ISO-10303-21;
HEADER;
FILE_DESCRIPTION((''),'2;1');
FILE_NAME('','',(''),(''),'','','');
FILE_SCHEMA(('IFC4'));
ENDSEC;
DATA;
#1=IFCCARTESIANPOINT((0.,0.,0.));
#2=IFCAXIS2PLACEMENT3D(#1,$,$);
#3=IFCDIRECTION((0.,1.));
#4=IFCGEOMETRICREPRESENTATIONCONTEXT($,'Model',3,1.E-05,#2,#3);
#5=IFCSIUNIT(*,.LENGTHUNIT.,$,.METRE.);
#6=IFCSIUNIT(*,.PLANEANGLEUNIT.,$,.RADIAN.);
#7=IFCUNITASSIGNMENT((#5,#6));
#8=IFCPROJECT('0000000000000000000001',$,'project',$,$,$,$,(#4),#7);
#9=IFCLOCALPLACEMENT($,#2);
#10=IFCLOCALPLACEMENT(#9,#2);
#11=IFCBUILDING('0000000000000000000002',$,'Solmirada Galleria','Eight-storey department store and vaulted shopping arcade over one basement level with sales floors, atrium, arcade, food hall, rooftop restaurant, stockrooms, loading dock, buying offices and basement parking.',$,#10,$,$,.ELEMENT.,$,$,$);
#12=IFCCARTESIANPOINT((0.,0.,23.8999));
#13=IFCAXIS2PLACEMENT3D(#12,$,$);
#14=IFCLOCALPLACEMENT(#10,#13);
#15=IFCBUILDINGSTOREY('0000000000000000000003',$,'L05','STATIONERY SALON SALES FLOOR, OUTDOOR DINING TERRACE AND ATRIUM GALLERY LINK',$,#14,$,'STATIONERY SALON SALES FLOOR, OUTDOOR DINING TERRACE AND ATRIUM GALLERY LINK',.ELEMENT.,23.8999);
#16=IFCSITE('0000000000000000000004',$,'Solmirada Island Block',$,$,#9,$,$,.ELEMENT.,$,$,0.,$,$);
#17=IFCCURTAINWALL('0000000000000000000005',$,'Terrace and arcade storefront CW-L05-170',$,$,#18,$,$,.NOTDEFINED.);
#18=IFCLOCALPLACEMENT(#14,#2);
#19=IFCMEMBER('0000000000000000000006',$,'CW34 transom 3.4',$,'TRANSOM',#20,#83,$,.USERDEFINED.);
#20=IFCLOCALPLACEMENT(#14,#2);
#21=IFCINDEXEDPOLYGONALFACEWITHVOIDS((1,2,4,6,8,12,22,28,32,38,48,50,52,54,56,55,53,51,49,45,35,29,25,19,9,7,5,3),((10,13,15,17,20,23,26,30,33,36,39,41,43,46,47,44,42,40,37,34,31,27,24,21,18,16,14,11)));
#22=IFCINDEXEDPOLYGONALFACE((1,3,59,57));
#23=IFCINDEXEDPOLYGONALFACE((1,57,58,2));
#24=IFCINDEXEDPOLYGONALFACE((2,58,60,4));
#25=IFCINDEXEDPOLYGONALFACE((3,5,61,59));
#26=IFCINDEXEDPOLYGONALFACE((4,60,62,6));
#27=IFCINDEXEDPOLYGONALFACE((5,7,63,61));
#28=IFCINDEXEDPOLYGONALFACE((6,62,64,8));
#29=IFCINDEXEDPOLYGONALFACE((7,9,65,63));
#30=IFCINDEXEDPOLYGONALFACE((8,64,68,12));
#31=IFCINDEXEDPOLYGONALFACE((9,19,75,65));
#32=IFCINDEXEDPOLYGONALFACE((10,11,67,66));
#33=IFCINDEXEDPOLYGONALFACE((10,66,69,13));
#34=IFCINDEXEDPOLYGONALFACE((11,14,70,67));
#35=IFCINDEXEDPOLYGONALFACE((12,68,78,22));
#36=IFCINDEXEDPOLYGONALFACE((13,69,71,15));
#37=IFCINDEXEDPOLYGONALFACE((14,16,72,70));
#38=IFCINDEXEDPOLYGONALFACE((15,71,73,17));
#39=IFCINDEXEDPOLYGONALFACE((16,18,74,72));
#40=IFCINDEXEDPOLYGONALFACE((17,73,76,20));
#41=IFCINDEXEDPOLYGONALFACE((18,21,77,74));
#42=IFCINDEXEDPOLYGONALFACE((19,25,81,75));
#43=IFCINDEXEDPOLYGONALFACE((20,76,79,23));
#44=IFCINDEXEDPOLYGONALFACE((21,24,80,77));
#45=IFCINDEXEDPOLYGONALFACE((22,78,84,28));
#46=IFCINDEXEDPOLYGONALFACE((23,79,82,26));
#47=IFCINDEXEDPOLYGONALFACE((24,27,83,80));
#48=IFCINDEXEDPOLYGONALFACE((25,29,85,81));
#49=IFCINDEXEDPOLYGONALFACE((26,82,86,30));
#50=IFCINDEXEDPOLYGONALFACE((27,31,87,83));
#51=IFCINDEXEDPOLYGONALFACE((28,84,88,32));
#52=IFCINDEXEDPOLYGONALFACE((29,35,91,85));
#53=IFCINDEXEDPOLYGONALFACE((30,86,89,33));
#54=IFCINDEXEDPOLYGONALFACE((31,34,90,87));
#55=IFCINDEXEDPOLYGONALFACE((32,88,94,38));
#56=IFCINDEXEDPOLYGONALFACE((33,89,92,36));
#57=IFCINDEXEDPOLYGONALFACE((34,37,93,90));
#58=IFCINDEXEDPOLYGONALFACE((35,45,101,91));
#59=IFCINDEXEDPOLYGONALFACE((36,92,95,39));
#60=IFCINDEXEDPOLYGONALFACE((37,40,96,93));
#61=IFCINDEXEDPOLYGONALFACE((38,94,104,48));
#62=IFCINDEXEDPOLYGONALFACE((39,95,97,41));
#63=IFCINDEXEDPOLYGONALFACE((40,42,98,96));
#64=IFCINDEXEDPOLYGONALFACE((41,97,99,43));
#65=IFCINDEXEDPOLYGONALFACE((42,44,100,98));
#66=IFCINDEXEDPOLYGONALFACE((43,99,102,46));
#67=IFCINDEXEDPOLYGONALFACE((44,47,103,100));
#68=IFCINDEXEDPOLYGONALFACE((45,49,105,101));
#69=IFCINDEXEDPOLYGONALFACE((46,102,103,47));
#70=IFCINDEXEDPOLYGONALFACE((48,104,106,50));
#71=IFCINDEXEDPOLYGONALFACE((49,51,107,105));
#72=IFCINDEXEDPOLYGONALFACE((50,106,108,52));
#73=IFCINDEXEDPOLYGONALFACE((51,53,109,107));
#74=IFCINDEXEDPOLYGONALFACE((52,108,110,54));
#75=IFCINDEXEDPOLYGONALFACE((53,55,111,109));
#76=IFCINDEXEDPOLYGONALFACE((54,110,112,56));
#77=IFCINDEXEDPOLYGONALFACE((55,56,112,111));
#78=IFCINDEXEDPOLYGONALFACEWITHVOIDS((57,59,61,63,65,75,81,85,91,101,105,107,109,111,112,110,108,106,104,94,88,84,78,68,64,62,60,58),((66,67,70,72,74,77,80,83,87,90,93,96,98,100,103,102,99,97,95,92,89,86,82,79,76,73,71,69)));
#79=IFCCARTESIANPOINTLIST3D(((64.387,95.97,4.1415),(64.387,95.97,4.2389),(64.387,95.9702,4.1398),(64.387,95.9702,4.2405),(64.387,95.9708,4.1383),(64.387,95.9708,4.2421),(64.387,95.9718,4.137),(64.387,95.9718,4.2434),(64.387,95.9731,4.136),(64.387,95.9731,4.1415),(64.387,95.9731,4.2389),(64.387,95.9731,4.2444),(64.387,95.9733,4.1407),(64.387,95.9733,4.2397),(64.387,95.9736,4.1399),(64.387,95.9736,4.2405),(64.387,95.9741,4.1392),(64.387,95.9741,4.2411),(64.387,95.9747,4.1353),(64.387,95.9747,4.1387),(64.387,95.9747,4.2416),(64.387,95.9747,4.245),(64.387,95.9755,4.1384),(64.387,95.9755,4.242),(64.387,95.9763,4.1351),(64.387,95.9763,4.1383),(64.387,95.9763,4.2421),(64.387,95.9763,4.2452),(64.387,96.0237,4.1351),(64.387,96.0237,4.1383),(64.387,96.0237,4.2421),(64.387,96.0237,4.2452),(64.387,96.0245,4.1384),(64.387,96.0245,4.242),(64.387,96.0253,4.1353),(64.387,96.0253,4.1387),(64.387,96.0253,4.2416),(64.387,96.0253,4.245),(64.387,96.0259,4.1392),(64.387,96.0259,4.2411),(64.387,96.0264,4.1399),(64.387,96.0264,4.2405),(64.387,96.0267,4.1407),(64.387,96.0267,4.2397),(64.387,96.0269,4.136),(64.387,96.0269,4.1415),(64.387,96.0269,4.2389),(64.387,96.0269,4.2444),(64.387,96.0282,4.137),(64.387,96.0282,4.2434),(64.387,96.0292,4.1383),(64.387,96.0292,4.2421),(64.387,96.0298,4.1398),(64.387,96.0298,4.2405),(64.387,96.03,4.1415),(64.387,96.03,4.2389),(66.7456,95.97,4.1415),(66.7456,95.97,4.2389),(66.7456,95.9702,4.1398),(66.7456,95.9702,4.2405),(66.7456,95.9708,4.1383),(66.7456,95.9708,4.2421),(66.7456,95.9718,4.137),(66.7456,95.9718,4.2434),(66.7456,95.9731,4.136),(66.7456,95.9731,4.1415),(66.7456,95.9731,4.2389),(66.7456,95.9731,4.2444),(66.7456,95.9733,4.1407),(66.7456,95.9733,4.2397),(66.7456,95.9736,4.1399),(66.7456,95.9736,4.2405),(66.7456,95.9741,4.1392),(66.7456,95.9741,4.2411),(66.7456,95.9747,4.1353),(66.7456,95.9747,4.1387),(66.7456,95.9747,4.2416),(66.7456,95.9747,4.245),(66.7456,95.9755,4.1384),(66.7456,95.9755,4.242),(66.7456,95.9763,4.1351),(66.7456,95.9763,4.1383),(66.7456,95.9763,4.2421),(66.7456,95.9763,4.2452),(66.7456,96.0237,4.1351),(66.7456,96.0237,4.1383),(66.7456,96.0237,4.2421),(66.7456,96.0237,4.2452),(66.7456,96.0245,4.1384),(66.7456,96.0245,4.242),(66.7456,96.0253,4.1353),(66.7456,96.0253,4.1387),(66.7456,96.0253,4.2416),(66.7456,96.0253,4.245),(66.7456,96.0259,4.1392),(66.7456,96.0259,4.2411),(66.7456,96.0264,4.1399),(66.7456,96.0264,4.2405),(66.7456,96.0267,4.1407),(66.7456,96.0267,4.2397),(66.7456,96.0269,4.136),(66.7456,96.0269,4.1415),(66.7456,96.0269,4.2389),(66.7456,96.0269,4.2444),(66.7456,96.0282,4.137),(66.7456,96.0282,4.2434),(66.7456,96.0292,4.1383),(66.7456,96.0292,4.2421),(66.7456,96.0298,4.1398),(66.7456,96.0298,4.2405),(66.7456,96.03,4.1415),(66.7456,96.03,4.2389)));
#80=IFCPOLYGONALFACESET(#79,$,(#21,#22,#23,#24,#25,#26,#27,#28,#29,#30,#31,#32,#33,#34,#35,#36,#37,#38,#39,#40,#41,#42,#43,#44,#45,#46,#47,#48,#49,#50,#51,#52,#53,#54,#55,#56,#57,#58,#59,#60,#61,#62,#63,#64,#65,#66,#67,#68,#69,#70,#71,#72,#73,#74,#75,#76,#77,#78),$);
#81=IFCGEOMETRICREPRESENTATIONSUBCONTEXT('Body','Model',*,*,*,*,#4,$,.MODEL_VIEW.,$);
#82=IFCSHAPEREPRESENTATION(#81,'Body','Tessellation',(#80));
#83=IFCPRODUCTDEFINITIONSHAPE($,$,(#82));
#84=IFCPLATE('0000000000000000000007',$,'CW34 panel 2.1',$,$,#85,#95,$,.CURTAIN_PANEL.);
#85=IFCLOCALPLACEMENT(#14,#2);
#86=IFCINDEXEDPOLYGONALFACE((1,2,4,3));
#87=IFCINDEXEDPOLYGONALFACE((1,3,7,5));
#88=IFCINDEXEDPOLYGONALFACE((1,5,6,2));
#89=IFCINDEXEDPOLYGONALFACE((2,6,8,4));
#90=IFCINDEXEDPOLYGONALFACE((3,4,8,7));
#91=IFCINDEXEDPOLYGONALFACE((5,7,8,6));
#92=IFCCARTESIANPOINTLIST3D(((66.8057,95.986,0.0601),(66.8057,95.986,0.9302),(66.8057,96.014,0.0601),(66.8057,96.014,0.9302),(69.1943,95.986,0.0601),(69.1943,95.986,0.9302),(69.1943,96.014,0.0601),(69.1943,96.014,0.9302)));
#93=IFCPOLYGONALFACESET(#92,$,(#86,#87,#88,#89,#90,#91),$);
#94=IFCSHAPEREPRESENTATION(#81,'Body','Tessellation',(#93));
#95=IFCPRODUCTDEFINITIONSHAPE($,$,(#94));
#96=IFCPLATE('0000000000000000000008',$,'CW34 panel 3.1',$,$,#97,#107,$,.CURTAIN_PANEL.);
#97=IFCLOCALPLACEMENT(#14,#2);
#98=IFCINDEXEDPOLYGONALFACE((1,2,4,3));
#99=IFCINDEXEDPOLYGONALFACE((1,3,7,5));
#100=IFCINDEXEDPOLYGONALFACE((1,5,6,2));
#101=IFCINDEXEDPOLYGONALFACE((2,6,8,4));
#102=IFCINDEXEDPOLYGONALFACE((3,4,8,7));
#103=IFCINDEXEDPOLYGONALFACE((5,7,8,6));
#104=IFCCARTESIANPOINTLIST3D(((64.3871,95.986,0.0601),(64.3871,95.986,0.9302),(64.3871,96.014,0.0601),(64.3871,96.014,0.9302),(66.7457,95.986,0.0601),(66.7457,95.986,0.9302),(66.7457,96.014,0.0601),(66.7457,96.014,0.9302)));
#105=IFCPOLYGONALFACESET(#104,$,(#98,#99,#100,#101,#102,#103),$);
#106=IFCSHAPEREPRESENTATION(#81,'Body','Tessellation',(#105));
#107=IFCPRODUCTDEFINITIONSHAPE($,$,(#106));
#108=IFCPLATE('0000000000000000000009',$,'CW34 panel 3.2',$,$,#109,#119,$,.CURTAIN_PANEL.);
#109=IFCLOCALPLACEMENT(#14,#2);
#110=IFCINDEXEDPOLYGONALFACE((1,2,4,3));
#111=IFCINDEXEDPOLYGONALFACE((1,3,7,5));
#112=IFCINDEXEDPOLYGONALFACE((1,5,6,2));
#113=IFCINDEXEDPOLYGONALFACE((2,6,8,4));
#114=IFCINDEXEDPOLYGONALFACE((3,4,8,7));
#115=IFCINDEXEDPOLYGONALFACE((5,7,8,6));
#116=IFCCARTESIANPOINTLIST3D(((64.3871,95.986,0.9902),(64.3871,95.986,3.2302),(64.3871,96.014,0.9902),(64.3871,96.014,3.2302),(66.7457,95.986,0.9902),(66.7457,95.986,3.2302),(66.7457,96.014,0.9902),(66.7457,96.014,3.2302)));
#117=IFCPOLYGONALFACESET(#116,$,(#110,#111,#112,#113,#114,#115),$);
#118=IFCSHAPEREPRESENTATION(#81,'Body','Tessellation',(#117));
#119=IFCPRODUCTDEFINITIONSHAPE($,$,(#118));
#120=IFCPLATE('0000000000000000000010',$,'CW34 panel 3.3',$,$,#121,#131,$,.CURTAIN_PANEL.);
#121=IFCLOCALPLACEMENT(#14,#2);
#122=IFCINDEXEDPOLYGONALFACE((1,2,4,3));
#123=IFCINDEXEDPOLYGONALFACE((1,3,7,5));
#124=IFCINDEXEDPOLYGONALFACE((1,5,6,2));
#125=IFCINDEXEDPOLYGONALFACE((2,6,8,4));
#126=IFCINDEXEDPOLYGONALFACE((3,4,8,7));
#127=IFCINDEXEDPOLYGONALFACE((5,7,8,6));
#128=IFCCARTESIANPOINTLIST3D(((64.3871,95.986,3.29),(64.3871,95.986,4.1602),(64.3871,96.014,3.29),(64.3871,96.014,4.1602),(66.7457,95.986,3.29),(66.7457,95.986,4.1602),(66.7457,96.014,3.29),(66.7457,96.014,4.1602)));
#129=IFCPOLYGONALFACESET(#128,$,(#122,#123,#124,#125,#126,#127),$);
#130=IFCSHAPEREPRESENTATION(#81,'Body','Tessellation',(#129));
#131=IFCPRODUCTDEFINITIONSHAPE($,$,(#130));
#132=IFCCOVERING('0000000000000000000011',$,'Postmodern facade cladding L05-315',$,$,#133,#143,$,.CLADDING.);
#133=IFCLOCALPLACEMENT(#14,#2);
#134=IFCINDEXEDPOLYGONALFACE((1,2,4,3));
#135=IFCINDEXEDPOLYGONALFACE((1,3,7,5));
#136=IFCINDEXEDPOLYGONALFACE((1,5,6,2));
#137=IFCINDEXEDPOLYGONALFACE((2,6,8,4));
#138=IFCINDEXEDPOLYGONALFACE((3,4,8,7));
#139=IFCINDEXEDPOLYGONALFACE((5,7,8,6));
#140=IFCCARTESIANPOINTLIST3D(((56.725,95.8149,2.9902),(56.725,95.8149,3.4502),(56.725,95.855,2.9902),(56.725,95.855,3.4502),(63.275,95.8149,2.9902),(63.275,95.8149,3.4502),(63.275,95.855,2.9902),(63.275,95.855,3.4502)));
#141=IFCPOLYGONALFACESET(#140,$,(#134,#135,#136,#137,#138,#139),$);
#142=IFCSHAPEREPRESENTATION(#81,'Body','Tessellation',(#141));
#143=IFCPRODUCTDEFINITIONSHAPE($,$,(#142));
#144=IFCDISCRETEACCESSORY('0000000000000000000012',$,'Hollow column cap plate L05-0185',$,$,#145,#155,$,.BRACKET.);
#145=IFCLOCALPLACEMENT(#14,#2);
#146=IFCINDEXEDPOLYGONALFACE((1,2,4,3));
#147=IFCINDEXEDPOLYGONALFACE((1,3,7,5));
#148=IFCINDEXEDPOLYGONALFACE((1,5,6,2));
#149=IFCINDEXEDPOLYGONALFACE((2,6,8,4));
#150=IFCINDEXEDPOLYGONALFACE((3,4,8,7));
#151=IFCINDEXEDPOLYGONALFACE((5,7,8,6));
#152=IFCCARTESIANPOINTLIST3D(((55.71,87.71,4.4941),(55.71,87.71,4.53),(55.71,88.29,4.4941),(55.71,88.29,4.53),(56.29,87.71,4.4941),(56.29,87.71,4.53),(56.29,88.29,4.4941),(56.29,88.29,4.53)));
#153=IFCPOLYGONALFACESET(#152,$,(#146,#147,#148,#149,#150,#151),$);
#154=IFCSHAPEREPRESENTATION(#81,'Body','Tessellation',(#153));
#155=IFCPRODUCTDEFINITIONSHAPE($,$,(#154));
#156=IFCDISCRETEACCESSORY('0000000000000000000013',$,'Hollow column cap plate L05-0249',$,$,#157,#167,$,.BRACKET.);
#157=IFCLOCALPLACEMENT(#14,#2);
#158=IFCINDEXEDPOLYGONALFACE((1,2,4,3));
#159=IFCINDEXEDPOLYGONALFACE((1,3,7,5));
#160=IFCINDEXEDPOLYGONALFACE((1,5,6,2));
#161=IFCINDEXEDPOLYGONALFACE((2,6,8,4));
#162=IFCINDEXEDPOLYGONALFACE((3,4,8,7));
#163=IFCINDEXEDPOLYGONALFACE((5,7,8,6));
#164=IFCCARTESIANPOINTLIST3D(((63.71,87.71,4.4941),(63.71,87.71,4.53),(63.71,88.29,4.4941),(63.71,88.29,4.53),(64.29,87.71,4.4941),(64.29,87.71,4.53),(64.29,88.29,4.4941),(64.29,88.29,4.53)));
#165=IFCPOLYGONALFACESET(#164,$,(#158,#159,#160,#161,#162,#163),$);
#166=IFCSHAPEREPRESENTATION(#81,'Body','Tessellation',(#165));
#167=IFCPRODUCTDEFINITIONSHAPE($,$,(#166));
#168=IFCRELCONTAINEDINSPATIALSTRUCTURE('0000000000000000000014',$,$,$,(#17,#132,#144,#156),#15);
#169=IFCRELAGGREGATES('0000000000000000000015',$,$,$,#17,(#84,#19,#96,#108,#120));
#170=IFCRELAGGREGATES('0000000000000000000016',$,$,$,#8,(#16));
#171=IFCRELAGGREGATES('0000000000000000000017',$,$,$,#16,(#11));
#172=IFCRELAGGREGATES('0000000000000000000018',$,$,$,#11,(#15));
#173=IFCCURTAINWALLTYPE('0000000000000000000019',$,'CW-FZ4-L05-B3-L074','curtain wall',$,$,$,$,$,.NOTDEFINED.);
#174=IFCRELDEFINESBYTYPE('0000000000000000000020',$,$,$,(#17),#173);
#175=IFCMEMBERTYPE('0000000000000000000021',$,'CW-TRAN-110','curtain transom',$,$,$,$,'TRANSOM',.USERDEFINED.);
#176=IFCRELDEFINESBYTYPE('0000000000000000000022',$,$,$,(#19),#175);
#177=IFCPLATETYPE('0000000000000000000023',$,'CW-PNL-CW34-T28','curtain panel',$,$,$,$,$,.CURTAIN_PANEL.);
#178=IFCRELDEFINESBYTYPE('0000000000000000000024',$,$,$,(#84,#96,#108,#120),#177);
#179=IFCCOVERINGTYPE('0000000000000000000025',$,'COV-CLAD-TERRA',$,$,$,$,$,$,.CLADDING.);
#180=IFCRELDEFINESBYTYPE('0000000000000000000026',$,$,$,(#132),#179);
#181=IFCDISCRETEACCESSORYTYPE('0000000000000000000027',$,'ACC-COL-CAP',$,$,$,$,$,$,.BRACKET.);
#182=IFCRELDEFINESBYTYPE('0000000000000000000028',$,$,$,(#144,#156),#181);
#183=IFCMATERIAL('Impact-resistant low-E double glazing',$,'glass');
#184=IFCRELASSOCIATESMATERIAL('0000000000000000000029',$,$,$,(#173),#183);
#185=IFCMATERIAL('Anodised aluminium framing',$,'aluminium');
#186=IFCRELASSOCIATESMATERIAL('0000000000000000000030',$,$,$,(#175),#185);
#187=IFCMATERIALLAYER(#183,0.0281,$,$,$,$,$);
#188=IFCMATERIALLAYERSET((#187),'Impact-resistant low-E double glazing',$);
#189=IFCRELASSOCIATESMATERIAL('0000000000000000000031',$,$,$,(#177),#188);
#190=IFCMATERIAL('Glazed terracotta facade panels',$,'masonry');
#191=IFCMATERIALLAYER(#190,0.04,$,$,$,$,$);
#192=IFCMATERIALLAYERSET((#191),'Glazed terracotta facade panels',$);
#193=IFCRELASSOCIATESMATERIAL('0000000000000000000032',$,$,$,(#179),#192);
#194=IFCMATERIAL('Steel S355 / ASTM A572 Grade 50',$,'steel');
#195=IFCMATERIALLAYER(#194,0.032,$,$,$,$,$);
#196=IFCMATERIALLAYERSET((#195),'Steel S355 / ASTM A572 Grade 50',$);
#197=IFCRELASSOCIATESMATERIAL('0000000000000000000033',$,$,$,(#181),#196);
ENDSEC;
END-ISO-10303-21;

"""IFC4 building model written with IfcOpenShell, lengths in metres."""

from ifc_helpers import new_model, si_unit, direction, frame, origin, origin_2d, place, context, subcontext, project, spatial, rectangle, hollow_rectangle, extrude, material, layer, layer_set, material_profile, profile_set, type_object, element, aggregate, save


model = new_model("IFC4")

# Units and contexts
model_context = context("Model", 3, precision=1e-05, world=origin(), true_north=direction((0.0, 1.0)))
body_context = subcontext(model_context, "Body", "Model", "MODEL_VIEW")
ifc_project = project(units=[si_unit("LENGTHUNIT", "METRE"), si_unit("PLANEANGLEUNIT", "RADIAN")], contexts=[model_context])

# Site, building, storey
site_placement = place(None, origin())
site = spatial("IfcSite", under=ifc_project, at=site_placement, Name="Solmirada Island Block", CompositionType="ELEMENT", RefElevation=0.0)
building_placement = place(site_placement, origin())
building = spatial("IfcBuilding", under=site, at=building_placement, Name="Solmirada Galleria", Description="Eight-storey department store and vaulted shopping arcade over one basement level with sales floors, atrium, arcade, food hall, rooftop restaurant, stockrooms, loading dock, buying offices and basement parking.", CompositionType="ELEMENT")
storey_placement = place(building_placement, frame((0.0, 0.0, 23.8999)))
storey = spatial("IfcBuildingStorey", under=building, at=storey_placement, Name="L05", Description="STATIONERY SALON SALES FLOOR, OUTDOOR DINING TERRACE AND ATRIUM GALLERY LINK", LongName="STATIONERY SALON SALES FLOOR, OUTDOOR DINING TERRACE AND ATRIUM GALLERY LINK", CompositionType="ELEMENT", Elevation=23.8999)

# Curtain wall
ifc_material_1 = material(Name="Impact-resistant low-E double glazing", Category="glass")
curtain_wall_type = type_object("IfcCurtainWallType", Name="CW-FZ4-L05-B3-L074", Description="curtain wall", PredefinedType="NOTDEFINED", material=ifc_material_1)
curtain_wall_1_placement = place(storey_placement, origin())
curtain_wall_1 = element("IfcCurtainWall", 1, at=curtain_wall_1_placement, inside=storey, type_object=curtain_wall_type, Name="Terrace and arcade storefront CW-L05-170", PredefinedType="NOTDEFINED")
ifc_material_2 = material(Name="Anodised aluminium framing", Category="aluminium")

# Member
ifc_material_profile_1 = material_profile(ifc_material_2, hollow_rectangle(XDim=0.0601, YDim=0.1101, WallThickness=0.0032, InnerFilletRadius=0.0032, OuterFilletRadius=0.0063, at=origin_2d()), Name="ALU-TRAN-110X60")
ifc_profile_set_1 = profile_set([ifc_material_profile_1], Name="Anodised aluminium framing")
member_type_1 = type_object("IfcMemberType", Name="CW-TRAN-110", Description="curtain transom", ElementType="TRANSOM", PredefinedType="USERDEFINED", material=ifc_profile_set_1)
member_1_placement = place(storey_placement, frame((66.7456, 96.0, 4.1902), z_axis=(-1.0, 0.0, 0.0), x_axis=(0.0, -1.0, 0.0)))
member_1 = element("IfcMember", 2, at=member_1_placement, type_object=member_type_1, Name="CW34 transom 3.4", ObjectType="TRANSOM", PredefinedType="USERDEFINED", context=body_context, shape_type="SweptSolid", body=[
    extrude(hollow_rectangle(XDim=0.0601, YDim=0.1101, WallThickness=0.0032, InnerFilletRadius=0.0032, OuterFilletRadius=0.0063, at=origin_2d()), origin(), (0.0, 0.0, 1.0), 2.3586),
])

# Plates
ifc_layer_1 = layer(ifc_material_1, 0.0281)
ifc_layer_set_1 = layer_set([ifc_layer_1], Name="Impact-resistant low-E double glazing")
plate_type = type_object("IfcPlateType", Name="CW-PNL-CW34-T28", Description="curtain panel", PredefinedType="CURTAIN_PANEL", material=ifc_layer_set_1)
plate_1_placement = place(storey_placement, frame((68.0, 96.0, 0.0601), z_axis=(0.0, 0.0, 1.0), x_axis=(-1.0, 0.0, 0.0)))
plate_1 = element("IfcPlate", 3, at=plate_1_placement, type_object=plate_type, Name="CW34 panel 2.1", PredefinedType="CURTAIN_PANEL", context=body_context, shape_type="SweptSolid", body=[
    extrude(rectangle(XDim=2.3887, YDim=0.0281, at=origin_2d()), origin(), (0.0, 0.0, 1.0), 0.8701),
])
plate_2_placement = place(storey_placement, frame((65.5664, 96.0, 0.0601), z_axis=(0.0, 0.0, 1.0), x_axis=(-1.0, 0.0, 0.0)))
plate_2 = element("IfcPlate", 4, at=plate_2_placement, type_object=plate_type, Name="CW34 panel 3.1", PredefinedType="CURTAIN_PANEL", context=body_context, shape_type="SweptSolid", body=[
    extrude(rectangle(XDim=2.3586, YDim=0.0281, at=origin_2d()), origin(), (0.0, 0.0, 1.0), 0.8701),
])
plate_3_placement = place(storey_placement, frame((65.5664, 96.0, 0.9902), z_axis=(0.0, 0.0, 1.0), x_axis=(-1.0, 0.0, 0.0)))
plate_3 = element("IfcPlate", 5, at=plate_3_placement, type_object=plate_type, Name="CW34 panel 3.2", PredefinedType="CURTAIN_PANEL", context=body_context, shape_type="SweptSolid", body=[
    extrude(rectangle(XDim=2.3586, YDim=0.0281, at=origin_2d()), origin(), (0.0, 0.0, 1.0), 2.24),
])
plate_4_placement = place(storey_placement, frame((65.5664, 96.0, 3.29), z_axis=(0.0, 0.0, 1.0), x_axis=(-1.0, 0.0, 0.0)))
plate_4 = element("IfcPlate", 6, at=plate_4_placement, type_object=plate_type, Name="CW34 panel 3.3", PredefinedType="CURTAIN_PANEL", context=body_context, shape_type="SweptSolid", body=[
    extrude(rectangle(XDim=2.3586, YDim=0.0281, at=origin_2d()), origin(), (0.0, 0.0, 1.0), 0.8701),
])
aggregate(curtain_wall_1, [plate_1, member_1, plate_2, plate_3, plate_4])

# Covering
ifc_material_3 = material(Name="Glazed terracotta facade panels", Category="masonry")
ifc_layer_2 = layer(ifc_material_3, 0.04)
ifc_layer_set_2 = layer_set([ifc_layer_2], Name="Glazed terracotta facade panels")
covering_type = type_object("IfcCoveringType", Name="COV-CLAD-TERRA", PredefinedType="CLADDING", material=ifc_layer_set_2)
covering_placement = place(storey_placement, frame((60.0, 95.835, 2.9902), z_axis=(0.0, 0.0, 1.0), x_axis=(-1.0, 0.0, 0.0)))
element("IfcCovering", 7, at=covering_placement, inside=storey, type_object=covering_type, Name="Postmodern facade cladding L05-315", PredefinedType="CLADDING", context=body_context, shape_type="SweptSolid", body=[
    extrude(rectangle(XDim=6.55, YDim=0.04, at=origin_2d()), origin(), (0.0, 0.0, 1.0), 0.46),
])

# Discrete accessories
ifc_material_4 = material(Name="Steel S355 / ASTM A572 Grade 50", Category="steel")
ifc_layer_3 = layer(ifc_material_4, 0.032)
ifc_layer_set_3 = layer_set([ifc_layer_3], Name="Steel S355 / ASTM A572 Grade 50")
discrete_accessory_type = type_object("IfcDiscreteAccessoryType", Name="ACC-COL-CAP", PredefinedType="BRACKET", material=ifc_layer_set_3)
for number, where, z_axis, x_axis, name in (
    (8, (56.0, 88.0, 4.4941), (0.0, 0.0, 1.0), (1.0, 0.0, 0.0), "Hollow column cap plate L05-0185"),
    (9, (64.0, 88.0, 4.4941), (0.0, 0.0, 1.0), (1.0, 0.0, 0.0), "Hollow column cap plate L05-0249"),
):
    element("IfcDiscreteAccessory", number, at=place(storey_placement, frame(where, z_axis=z_axis, x_axis=x_axis)), inside=storey, type_object=discrete_accessory_type, Name=name, PredefinedType="BRACKET", context=body_context, shape_type="SweptSolid", body=[
        extrude(rectangle(XDim=0.5801, YDim=0.5801, at=origin_2d()), origin(), (0.0, 0.0, 1.0), 0.0359),
    ])

save(model, "model.ifc")
